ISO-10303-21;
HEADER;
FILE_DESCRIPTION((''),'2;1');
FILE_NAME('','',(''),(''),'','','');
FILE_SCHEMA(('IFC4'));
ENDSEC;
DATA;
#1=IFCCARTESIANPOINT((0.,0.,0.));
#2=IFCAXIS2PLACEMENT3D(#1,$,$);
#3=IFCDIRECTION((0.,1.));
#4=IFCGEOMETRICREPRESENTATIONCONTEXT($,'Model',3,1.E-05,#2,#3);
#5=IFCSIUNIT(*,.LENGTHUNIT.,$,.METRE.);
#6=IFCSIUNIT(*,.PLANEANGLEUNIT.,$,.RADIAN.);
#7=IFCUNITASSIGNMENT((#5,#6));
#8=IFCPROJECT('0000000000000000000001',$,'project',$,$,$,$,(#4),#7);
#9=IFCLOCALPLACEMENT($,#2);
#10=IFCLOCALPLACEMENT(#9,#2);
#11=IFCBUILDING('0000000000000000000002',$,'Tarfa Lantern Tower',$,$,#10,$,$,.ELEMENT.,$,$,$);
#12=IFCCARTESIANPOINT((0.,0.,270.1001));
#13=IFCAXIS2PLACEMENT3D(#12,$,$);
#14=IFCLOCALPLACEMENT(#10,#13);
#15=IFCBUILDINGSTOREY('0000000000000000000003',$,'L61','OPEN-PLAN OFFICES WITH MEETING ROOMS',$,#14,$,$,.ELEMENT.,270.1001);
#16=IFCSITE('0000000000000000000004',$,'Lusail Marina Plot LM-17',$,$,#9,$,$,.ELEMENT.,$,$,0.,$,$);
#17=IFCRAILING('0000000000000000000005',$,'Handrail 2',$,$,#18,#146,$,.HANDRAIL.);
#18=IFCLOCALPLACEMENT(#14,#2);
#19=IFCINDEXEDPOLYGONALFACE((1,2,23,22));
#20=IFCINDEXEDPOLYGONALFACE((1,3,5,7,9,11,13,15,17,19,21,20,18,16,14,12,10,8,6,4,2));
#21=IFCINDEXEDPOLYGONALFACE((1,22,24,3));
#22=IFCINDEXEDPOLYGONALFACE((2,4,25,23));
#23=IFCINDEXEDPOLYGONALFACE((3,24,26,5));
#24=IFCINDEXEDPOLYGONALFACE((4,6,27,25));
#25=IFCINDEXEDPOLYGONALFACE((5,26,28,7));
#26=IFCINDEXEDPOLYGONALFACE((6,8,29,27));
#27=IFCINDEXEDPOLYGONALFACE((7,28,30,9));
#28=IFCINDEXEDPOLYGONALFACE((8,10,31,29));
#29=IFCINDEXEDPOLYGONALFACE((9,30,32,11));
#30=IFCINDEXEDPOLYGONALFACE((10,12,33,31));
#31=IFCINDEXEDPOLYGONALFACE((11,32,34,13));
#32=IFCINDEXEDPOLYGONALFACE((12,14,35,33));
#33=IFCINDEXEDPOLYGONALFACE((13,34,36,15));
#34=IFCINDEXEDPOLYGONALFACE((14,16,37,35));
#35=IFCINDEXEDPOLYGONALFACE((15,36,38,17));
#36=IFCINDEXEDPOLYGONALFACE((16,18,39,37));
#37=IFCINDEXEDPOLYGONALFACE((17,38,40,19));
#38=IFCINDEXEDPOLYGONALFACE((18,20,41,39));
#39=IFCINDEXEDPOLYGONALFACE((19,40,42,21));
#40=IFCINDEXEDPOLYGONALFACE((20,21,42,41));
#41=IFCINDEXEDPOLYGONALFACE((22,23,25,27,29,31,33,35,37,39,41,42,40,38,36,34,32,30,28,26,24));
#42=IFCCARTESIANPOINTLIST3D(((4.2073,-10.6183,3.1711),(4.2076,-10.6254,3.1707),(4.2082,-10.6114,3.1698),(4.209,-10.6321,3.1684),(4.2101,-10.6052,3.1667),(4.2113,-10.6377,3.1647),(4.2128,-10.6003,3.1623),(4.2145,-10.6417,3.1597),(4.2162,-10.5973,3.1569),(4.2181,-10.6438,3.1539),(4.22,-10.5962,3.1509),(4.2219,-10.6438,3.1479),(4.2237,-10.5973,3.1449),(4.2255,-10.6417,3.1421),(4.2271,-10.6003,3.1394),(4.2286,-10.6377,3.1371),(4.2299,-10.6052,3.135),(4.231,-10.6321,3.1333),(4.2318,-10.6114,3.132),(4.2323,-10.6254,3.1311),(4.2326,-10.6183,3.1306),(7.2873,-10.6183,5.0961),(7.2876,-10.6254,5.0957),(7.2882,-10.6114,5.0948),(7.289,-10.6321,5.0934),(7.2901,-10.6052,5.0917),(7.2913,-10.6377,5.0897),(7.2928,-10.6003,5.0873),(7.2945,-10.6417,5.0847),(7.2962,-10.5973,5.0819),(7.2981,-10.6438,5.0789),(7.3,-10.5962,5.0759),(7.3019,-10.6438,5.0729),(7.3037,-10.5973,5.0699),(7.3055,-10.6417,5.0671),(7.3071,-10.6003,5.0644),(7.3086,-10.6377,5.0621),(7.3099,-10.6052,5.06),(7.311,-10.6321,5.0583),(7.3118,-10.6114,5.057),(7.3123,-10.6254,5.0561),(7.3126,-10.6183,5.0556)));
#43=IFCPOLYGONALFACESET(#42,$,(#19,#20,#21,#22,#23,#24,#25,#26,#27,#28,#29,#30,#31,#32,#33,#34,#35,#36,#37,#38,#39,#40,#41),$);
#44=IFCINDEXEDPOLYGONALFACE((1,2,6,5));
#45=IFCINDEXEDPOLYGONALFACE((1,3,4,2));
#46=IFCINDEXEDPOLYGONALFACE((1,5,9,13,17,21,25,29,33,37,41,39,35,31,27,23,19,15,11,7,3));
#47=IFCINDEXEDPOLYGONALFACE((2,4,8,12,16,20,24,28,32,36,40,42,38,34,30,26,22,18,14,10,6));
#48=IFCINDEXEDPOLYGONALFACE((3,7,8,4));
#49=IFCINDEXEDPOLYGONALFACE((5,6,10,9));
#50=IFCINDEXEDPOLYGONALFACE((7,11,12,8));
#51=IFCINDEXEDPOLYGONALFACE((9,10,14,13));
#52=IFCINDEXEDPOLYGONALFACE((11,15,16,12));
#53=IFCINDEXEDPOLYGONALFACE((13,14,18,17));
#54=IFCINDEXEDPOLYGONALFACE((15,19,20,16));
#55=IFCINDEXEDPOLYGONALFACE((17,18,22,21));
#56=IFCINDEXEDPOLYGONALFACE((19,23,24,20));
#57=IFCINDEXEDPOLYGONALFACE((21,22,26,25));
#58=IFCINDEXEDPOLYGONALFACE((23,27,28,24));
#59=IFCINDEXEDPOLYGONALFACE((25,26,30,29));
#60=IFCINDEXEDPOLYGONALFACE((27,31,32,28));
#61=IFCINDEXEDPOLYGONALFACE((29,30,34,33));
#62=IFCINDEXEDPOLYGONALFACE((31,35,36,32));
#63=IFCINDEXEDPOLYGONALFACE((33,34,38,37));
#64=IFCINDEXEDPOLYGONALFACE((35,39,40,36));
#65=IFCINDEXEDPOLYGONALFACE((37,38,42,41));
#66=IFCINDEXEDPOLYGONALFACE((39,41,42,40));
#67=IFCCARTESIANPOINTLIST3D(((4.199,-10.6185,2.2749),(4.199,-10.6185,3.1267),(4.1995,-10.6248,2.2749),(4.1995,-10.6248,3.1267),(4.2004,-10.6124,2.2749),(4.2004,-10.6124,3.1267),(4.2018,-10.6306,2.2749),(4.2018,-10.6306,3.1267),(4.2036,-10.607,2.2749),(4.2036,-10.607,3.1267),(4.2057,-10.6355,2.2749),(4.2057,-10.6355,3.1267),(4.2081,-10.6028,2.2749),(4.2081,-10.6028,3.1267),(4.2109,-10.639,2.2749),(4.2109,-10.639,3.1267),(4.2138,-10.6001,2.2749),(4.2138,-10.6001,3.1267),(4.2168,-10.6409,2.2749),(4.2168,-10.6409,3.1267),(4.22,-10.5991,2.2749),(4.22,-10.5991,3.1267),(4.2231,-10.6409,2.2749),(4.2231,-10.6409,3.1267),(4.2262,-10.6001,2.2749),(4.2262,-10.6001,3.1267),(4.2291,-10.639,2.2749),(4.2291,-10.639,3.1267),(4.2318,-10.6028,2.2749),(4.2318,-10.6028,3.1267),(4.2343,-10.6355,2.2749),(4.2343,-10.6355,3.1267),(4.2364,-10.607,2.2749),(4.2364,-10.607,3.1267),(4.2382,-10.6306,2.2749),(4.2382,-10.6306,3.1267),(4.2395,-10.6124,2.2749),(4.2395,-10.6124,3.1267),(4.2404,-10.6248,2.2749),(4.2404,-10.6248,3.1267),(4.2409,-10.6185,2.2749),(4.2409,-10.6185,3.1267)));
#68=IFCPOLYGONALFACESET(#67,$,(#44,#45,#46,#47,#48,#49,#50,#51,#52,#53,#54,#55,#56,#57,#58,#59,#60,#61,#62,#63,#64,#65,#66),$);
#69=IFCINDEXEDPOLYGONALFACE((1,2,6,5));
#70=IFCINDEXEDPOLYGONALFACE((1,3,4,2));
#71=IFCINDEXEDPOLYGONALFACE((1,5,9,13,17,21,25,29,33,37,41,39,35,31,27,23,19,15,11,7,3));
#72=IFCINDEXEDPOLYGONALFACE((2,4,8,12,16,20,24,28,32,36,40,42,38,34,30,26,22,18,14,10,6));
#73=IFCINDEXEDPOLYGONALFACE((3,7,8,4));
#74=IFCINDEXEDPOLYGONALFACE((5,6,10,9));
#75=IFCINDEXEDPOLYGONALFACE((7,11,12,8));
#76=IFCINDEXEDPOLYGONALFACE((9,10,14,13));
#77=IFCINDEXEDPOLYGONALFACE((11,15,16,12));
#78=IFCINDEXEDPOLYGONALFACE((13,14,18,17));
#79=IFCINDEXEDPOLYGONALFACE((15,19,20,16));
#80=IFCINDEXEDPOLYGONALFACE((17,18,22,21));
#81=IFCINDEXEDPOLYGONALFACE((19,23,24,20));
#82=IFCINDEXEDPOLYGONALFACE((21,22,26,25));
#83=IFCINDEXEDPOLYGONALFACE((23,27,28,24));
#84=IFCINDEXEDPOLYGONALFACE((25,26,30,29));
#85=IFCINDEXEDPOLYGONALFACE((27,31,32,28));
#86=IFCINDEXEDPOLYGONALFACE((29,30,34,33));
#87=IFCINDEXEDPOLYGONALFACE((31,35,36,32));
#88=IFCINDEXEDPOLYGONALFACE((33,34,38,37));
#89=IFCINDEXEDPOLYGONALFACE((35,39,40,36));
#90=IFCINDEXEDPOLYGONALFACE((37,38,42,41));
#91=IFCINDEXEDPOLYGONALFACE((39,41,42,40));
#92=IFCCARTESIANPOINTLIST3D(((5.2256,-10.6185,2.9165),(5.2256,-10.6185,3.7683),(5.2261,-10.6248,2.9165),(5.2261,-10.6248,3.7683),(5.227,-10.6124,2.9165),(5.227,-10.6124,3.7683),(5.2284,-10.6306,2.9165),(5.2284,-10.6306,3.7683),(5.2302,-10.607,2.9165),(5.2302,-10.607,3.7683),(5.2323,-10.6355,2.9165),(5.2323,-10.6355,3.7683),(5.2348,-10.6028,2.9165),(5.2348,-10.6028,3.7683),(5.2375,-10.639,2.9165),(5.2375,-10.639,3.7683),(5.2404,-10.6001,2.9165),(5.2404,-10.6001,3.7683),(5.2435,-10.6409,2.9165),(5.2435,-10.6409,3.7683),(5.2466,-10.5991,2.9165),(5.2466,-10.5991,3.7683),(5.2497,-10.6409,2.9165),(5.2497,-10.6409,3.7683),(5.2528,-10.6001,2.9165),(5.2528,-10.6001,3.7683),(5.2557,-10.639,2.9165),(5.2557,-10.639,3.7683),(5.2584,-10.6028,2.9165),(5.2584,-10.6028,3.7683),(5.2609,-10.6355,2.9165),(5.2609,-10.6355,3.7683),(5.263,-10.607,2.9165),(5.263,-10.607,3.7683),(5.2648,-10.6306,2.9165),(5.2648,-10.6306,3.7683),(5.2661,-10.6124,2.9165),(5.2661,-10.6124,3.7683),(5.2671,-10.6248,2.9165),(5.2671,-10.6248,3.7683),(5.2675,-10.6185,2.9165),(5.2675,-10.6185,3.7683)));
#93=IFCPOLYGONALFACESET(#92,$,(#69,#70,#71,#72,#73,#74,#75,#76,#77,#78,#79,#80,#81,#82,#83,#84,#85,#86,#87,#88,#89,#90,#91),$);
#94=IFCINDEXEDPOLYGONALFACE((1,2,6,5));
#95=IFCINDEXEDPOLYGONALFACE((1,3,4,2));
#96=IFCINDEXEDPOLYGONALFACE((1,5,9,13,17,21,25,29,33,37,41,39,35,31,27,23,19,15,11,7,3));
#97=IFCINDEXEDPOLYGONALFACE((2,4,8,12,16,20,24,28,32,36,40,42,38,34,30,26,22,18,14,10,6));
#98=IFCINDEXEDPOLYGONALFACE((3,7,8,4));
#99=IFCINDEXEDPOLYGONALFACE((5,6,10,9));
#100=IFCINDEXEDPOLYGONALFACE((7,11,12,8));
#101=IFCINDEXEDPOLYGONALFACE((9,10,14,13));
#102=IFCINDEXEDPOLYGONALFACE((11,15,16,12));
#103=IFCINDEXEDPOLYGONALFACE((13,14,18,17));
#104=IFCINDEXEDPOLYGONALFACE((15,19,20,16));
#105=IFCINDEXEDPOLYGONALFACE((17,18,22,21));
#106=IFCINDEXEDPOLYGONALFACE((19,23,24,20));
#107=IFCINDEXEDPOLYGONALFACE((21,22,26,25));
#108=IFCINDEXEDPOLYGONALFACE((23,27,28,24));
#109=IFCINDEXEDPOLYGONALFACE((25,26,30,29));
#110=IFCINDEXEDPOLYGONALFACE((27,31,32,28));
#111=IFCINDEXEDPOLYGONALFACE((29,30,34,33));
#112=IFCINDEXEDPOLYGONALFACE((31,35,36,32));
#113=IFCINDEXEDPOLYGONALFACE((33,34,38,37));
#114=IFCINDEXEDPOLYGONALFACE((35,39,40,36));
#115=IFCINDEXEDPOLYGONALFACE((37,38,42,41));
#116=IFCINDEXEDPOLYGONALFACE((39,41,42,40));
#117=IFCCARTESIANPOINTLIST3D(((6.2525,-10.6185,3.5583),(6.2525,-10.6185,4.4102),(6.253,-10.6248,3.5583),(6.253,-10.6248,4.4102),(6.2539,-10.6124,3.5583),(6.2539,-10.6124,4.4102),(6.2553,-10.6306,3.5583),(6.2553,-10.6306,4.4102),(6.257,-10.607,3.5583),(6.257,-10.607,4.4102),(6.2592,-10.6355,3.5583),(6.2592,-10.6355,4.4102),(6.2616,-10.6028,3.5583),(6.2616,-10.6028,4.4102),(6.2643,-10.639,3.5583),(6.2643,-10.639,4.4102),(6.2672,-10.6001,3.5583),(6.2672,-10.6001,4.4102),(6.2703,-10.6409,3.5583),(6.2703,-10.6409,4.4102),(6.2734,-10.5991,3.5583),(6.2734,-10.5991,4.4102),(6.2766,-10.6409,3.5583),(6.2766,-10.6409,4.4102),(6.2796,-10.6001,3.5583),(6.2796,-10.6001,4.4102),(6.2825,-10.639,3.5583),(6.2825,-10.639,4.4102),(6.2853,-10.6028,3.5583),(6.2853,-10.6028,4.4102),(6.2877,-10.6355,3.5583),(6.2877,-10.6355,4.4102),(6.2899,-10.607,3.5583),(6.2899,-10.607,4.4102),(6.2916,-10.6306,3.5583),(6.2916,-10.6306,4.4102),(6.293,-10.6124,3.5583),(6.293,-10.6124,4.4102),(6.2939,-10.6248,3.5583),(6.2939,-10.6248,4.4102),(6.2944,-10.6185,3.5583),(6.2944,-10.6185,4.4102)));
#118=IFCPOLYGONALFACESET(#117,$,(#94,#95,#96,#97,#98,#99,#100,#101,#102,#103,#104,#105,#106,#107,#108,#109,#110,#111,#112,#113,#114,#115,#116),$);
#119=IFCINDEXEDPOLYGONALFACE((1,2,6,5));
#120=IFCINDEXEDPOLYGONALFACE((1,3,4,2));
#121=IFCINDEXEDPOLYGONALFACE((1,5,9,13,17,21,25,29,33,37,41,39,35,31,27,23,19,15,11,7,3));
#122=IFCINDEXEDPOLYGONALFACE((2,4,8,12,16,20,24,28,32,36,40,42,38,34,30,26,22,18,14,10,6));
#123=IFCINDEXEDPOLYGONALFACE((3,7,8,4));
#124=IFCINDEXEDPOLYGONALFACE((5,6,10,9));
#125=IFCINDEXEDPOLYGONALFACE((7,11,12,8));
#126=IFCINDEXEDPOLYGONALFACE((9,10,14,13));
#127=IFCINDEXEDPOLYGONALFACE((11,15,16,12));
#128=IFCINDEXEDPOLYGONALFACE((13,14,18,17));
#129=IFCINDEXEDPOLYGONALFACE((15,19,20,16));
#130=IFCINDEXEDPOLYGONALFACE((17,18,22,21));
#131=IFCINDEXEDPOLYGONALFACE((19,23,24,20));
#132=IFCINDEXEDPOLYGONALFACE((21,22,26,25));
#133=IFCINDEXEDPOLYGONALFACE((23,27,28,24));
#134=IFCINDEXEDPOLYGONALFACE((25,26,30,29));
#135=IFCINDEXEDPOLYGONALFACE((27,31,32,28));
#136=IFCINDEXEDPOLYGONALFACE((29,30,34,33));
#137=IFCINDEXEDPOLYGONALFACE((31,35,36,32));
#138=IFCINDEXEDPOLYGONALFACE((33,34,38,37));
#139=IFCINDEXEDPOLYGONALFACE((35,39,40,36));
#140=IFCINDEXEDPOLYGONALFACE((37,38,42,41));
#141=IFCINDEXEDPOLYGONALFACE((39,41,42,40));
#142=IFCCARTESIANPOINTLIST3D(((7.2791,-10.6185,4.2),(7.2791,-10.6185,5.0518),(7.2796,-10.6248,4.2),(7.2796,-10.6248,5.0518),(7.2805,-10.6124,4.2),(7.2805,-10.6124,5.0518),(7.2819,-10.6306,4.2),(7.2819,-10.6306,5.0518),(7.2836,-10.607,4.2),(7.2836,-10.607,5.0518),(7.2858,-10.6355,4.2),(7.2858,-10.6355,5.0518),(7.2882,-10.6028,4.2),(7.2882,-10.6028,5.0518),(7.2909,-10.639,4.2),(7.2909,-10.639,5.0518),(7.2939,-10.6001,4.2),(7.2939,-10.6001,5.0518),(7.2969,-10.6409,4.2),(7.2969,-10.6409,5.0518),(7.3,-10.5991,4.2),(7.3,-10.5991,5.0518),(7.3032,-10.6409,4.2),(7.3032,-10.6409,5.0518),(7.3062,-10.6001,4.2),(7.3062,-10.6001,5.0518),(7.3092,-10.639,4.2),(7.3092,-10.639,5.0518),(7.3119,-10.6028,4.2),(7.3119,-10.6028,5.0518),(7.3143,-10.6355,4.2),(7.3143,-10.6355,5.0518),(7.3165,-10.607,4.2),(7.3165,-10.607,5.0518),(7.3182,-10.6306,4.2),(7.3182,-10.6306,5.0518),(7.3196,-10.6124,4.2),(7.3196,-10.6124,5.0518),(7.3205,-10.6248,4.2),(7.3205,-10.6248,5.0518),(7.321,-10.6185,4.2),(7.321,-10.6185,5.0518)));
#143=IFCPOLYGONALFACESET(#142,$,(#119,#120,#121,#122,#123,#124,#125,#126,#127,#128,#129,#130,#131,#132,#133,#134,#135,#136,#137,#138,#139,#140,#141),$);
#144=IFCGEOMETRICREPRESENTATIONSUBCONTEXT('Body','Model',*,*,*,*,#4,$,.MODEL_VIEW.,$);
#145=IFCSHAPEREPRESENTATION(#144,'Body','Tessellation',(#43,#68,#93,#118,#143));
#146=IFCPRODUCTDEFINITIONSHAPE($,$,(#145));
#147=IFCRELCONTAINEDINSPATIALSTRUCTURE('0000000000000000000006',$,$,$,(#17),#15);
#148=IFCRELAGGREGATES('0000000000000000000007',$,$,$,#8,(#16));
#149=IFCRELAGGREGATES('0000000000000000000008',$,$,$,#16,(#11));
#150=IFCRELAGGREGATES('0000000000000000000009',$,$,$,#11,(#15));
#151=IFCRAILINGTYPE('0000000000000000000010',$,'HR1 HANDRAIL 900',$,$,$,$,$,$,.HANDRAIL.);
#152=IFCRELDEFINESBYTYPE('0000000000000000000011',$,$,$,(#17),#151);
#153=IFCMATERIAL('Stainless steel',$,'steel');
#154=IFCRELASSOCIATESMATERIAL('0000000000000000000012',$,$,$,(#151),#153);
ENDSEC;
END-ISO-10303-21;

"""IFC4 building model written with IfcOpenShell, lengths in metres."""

from ifc_helpers import new_model, si_unit, direction, frame, origin, origin_2d, place, context, subcontext, project, spatial, circle, extrude, material, type_object, element, save


model = new_model("IFC4")

# Units and contexts
model_context = context("Model", 3, precision=1e-05, world=origin(), true_north=direction((0.0, 1.0)))
body_context = subcontext(model_context, "Body", "Model", "MODEL_VIEW")
ifc_project = project(units=[si_unit("LENGTHUNIT", "METRE"), si_unit("PLANEANGLEUNIT", "RADIAN")], contexts=[model_context])

# Site, building, storey
site_placement = place(None, origin())
site = spatial("IfcSite", under=ifc_project, at=site_placement, Name="Lusail Marina Plot LM-17", CompositionType="ELEMENT", RefElevation=0.0)
building_placement = place(site_placement, origin())
building = spatial("IfcBuilding", under=site, at=building_placement, Name="Tarfa Lantern Tower", CompositionType="ELEMENT")
storey_placement = place(building_placement, frame((0.0, 0.0, 270.1001)))
storey = spatial("IfcBuildingStorey", under=building, at=storey_placement, Name="L61", Description="OPEN-PLAN OFFICES WITH MEETING ROOMS", CompositionType="ELEMENT", Elevation=270.1001)

# Railing
ifc_material_1 = material(Name="Stainless steel", Category="steel")
railing_type = type_object("IfcRailingType", Name="HR1 HANDRAIL 900", PredefinedType="HANDRAIL", material=ifc_material_1)
railing_1_placement = place(storey_placement, frame((4.22, -10.6201, 2.2749)))
element("IfcRailing", 1, at=railing_1_placement, inside=storey, type_object=railing_type, Name="Handrail 2", PredefinedType="HANDRAIL", context=body_context, shape_type="SweptSolid", body=[
    extrude(circle(Radius=0.0239, at=origin_2d()), frame((0.0, 0.0, 0.876), z_axis=(0.847998, 0.0, 0.529999), x_axis=(0.0, 1.0, 0.0)), (0.0, 0.0, 1.0), 3.6321),
    extrude(circle(Radius=0.021, at=origin_2d()), frame((0.0, 0.0, 0.0), z_axis=(0.0, 0.0, 1.0), x_axis=(0.0, 1.0, 0.0)), (0.0, 0.0, 1.0), 0.8518),
    extrude(circle(Radius=0.021, at=origin_2d()), frame((1.0266, 0.0, 0.6416), z_axis=(0.0, 0.0, 1.0), x_axis=(0.0, 1.0, 0.0)), (0.0, 0.0, 1.0), 0.8518),
    extrude(circle(Radius=0.021, at=origin_2d()), frame((2.0535, 0.0, 1.2834), z_axis=(0.0, 0.0, 1.0), x_axis=(0.0, 1.0, 0.0)), (0.0, 0.0, 1.0), 0.8518),
    extrude(circle(Radius=0.021, at=origin_2d()), frame((3.0801, 0.0, 1.925), z_axis=(0.0, 0.0, 1.0), x_axis=(0.0, 1.0, 0.0)), (0.0, 0.0, 1.0), 0.8518),
])

save(model, "model.ifc")
